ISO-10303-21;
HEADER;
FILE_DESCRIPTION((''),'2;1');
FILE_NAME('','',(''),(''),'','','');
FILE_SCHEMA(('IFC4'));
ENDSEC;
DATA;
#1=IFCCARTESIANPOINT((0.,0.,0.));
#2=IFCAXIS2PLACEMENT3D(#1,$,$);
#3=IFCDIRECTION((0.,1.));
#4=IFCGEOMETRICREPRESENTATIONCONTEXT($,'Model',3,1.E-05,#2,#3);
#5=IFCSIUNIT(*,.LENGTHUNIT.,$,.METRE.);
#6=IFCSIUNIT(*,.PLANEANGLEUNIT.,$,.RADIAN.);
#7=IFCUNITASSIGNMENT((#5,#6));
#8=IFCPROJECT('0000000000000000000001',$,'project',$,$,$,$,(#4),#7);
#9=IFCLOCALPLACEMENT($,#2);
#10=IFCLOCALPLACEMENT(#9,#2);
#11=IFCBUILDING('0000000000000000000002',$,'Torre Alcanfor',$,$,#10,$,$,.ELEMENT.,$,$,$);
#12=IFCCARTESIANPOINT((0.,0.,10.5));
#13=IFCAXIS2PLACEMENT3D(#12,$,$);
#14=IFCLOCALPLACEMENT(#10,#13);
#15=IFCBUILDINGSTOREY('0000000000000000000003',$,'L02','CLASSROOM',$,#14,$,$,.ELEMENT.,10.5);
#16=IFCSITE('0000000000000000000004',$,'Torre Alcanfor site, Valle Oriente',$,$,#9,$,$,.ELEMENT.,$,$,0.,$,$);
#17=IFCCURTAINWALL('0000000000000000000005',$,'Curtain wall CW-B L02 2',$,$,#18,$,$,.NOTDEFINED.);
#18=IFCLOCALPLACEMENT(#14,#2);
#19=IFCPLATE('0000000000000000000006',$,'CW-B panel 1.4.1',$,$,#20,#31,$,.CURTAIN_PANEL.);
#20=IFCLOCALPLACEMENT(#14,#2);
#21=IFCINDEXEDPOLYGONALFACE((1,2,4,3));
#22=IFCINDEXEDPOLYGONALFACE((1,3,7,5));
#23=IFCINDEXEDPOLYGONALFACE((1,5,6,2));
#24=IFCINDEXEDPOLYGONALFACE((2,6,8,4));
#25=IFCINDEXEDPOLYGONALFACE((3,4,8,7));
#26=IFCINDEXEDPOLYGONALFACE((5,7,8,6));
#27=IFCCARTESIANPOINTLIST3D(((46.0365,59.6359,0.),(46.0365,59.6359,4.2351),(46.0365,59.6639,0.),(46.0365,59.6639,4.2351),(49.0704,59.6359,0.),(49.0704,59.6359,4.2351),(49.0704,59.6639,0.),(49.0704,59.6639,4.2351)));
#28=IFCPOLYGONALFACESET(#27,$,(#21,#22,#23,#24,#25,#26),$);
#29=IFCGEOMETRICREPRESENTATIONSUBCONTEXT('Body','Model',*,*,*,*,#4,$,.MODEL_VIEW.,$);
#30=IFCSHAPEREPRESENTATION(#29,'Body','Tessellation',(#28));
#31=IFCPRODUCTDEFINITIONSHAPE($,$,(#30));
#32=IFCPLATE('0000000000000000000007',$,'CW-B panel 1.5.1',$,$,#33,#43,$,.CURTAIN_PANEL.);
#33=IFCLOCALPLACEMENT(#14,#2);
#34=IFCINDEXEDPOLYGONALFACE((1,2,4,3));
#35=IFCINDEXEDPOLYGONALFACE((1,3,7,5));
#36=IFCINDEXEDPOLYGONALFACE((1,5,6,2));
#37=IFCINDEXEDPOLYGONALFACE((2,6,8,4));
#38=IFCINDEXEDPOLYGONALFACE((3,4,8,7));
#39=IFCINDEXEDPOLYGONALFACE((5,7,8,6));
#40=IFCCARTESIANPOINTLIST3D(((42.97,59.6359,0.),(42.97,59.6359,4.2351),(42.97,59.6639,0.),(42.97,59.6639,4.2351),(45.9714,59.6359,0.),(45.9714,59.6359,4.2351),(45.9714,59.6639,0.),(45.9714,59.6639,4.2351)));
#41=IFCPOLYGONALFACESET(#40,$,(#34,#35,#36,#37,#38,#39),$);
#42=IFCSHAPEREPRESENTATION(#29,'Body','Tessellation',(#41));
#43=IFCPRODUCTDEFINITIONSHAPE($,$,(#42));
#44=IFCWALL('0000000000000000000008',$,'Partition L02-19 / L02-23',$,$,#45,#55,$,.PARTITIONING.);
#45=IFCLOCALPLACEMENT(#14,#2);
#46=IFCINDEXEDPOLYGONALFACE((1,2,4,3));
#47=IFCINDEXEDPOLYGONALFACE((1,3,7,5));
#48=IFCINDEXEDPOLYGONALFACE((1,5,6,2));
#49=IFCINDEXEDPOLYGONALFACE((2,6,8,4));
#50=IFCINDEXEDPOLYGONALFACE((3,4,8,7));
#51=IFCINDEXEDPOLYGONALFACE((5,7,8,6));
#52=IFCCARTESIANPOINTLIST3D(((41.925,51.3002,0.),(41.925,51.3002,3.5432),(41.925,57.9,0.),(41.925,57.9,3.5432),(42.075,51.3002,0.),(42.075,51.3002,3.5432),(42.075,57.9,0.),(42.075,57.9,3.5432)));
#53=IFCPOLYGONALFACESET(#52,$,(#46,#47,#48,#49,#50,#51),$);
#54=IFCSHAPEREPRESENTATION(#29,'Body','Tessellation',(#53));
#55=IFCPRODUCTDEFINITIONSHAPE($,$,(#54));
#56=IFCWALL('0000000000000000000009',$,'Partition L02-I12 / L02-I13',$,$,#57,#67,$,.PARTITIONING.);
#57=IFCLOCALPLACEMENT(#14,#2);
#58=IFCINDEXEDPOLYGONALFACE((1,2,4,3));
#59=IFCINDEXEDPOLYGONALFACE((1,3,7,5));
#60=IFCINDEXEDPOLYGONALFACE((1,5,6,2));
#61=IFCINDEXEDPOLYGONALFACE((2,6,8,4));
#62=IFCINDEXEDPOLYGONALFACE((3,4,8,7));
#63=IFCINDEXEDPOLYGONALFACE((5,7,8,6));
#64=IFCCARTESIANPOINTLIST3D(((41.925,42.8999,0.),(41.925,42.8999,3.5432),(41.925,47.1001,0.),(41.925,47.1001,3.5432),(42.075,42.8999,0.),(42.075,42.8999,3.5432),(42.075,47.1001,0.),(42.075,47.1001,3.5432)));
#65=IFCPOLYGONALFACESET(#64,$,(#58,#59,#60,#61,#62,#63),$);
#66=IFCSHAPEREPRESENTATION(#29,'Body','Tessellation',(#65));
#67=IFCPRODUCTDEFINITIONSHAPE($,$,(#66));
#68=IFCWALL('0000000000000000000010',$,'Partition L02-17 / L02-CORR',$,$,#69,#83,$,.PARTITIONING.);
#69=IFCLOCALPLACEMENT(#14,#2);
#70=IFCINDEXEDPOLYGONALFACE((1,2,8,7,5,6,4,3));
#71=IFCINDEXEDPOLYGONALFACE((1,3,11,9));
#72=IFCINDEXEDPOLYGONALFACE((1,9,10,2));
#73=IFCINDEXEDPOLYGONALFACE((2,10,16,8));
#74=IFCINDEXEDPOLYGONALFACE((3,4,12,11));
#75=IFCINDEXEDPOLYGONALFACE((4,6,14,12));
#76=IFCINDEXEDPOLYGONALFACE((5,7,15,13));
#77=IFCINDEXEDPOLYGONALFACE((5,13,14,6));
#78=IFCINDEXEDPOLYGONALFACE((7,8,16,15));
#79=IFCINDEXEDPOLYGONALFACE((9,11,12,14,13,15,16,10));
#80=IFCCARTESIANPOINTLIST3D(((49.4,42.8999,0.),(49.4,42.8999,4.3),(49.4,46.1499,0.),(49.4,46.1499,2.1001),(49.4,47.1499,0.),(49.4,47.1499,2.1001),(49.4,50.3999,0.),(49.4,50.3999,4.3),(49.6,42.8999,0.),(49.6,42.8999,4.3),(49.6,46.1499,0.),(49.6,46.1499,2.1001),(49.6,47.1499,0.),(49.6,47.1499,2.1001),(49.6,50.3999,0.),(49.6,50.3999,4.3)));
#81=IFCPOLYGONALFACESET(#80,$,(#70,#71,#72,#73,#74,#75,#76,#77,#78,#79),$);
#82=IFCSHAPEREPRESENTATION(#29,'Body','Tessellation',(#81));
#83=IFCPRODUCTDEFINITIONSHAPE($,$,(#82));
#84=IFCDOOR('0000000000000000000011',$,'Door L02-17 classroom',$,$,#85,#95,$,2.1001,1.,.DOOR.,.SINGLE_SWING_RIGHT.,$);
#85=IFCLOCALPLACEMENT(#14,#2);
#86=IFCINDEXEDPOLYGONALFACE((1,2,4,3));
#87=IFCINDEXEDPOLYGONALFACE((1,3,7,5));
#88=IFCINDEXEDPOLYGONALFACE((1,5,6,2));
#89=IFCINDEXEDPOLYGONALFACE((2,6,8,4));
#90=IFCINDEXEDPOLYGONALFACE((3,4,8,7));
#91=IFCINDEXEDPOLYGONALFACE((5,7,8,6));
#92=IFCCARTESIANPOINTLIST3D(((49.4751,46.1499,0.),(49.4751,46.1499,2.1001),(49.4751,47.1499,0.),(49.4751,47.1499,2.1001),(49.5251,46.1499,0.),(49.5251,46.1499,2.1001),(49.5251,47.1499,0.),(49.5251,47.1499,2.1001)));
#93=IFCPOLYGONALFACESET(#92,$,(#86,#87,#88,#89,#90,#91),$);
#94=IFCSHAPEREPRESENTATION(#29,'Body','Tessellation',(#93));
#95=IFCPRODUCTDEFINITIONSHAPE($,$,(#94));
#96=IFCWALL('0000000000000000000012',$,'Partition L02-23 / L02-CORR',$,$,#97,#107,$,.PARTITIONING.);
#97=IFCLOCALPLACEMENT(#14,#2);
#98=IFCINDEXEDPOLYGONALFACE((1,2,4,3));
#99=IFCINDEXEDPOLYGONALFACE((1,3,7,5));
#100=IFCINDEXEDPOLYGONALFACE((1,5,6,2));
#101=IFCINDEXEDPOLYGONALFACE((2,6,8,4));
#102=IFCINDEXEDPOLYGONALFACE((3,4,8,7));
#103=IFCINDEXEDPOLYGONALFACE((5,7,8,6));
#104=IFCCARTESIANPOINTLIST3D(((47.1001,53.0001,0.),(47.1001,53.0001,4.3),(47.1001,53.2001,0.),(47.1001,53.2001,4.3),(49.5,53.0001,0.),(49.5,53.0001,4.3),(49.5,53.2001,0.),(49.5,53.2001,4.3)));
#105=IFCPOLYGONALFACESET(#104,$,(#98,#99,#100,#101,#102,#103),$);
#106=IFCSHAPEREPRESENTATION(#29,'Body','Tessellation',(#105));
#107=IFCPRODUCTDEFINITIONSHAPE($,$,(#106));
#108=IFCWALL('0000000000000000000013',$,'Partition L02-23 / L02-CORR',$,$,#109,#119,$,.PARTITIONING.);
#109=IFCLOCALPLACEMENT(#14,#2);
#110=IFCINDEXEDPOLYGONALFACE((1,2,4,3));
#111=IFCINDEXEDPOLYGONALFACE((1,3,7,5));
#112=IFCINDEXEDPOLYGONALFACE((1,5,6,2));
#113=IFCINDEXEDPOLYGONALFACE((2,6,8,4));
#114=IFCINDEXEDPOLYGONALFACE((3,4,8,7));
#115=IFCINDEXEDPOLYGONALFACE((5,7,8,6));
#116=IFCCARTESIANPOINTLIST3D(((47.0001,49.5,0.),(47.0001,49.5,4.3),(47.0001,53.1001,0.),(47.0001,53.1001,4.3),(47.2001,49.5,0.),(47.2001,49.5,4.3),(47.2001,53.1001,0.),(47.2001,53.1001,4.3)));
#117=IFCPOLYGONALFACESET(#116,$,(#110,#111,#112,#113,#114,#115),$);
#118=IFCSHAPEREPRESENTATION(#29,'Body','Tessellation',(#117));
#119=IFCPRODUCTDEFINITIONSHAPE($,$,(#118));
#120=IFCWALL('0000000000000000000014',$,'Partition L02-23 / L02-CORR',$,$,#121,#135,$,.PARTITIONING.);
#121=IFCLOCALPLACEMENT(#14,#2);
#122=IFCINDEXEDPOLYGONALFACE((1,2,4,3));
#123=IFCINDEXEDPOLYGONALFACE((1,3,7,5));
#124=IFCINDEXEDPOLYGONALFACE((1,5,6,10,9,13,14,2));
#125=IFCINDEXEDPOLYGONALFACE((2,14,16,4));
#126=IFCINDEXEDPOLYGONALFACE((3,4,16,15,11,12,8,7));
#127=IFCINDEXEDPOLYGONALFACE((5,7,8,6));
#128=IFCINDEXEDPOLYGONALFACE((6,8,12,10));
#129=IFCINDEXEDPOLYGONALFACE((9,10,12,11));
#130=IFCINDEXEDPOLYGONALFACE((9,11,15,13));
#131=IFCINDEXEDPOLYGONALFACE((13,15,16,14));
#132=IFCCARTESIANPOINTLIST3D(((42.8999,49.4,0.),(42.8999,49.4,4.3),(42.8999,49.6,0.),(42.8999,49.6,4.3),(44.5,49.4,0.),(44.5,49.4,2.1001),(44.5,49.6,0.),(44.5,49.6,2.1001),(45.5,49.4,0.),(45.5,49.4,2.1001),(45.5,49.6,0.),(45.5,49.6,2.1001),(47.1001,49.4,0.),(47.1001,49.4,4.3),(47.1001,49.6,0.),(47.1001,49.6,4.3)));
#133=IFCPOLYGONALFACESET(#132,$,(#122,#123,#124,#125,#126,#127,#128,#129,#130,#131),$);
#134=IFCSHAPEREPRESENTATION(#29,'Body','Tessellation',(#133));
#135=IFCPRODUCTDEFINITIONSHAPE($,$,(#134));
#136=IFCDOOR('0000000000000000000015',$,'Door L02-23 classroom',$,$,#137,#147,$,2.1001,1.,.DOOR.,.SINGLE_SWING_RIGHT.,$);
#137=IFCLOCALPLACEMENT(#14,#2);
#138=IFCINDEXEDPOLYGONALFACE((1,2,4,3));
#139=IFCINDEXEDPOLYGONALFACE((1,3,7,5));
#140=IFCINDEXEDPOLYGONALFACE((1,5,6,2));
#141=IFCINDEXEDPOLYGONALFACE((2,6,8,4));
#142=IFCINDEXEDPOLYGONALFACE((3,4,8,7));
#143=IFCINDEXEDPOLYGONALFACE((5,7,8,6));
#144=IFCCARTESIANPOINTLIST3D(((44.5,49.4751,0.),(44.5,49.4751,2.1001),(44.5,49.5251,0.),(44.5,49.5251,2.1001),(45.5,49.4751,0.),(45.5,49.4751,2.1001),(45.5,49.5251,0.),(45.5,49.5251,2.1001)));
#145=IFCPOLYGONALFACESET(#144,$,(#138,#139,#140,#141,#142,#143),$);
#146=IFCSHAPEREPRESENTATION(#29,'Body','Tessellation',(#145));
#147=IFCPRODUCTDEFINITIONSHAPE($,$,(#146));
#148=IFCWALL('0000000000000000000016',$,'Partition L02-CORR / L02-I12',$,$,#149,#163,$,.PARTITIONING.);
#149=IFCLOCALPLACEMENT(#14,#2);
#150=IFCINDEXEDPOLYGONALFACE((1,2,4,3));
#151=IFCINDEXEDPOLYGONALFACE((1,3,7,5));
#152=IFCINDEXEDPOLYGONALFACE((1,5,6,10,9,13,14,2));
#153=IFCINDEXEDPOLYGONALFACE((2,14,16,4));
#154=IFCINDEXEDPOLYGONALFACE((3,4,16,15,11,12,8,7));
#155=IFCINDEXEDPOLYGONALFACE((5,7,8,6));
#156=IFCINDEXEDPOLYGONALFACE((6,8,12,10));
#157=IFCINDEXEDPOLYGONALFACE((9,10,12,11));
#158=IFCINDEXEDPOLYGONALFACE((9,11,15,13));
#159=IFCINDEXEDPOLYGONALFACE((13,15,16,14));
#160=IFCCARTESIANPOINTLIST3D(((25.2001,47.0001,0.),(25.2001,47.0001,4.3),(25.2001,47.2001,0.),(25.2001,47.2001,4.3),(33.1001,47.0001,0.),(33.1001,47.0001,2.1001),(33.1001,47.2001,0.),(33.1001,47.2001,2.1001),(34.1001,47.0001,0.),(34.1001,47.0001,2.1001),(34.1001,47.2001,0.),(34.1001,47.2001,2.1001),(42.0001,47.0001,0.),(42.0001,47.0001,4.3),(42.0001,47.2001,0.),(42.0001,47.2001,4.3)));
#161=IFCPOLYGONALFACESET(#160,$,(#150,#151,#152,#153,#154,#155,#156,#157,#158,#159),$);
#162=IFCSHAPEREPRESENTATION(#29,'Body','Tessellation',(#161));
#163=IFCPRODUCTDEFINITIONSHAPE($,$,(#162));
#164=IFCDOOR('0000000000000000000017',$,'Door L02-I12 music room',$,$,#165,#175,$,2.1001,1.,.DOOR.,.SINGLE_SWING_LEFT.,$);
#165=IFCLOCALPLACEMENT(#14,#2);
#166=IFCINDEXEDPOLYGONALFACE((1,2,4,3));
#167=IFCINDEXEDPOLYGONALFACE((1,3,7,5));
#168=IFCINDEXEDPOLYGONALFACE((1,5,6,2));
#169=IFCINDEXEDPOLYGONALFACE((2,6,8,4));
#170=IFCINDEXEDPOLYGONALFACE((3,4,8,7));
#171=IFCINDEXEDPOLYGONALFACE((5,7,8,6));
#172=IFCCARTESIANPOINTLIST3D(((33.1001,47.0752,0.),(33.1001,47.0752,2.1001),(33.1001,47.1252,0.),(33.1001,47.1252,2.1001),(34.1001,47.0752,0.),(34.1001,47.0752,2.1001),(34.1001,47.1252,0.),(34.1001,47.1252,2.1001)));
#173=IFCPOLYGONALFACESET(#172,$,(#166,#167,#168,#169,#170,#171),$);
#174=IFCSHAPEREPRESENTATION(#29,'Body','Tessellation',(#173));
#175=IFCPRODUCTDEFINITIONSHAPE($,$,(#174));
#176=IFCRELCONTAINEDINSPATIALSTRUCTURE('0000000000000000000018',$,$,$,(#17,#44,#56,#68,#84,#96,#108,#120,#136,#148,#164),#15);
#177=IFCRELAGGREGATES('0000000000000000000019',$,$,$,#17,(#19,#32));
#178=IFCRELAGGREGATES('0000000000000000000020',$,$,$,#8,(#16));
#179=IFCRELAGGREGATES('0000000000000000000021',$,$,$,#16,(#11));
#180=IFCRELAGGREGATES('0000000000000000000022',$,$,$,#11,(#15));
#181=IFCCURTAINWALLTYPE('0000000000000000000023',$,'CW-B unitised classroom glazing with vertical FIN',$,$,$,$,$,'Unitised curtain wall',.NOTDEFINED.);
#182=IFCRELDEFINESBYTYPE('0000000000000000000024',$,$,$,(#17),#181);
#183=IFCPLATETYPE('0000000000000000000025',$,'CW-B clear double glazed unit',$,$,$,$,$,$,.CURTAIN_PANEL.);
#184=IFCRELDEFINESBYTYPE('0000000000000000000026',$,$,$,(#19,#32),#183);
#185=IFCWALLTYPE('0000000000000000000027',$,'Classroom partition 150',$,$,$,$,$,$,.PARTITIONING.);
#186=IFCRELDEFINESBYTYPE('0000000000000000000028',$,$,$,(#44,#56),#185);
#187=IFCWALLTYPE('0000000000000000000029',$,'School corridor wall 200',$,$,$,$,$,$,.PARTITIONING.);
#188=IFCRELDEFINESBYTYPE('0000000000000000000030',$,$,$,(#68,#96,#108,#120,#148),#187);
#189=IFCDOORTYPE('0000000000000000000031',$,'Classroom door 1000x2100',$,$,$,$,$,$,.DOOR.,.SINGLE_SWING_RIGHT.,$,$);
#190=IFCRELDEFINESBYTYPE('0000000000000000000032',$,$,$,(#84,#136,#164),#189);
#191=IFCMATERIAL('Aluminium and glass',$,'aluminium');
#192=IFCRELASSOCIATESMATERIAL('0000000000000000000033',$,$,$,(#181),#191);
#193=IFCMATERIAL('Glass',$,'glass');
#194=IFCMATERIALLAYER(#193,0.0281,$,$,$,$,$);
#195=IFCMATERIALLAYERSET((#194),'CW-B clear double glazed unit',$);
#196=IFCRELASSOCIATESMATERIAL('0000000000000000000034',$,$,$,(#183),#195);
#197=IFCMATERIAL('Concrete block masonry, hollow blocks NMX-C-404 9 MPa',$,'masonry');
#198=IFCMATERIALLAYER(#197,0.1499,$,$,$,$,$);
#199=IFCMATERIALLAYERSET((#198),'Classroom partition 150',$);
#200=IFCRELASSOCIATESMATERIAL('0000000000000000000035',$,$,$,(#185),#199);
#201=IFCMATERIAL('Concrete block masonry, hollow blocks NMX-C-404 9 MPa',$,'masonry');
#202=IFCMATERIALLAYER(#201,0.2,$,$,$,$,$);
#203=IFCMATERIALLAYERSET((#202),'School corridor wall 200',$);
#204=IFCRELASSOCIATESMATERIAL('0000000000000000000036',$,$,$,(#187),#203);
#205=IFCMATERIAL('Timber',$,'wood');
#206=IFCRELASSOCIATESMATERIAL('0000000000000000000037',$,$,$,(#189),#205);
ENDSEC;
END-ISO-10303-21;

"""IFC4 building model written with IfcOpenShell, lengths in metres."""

from ifc_helpers import new_model, si_unit, direction, frame, frame_2d, origin, origin_2d, place, context, subcontext, project, spatial, rectangle, extrude, material, layer, layer_set, type_object, element, fill, aggregate, save


model = new_model("IFC4")

# Units and contexts
model_context = context("Model", 3, precision=1e-05, world=origin(), true_north=direction((0.0, 1.0)))
body_context = subcontext(model_context, "Body", "Model", "MODEL_VIEW")
ifc_project = project(units=[si_unit("LENGTHUNIT", "METRE"), si_unit("PLANEANGLEUNIT", "RADIAN")], contexts=[model_context])

# Site, building, storey
site_placement = place(None, origin())
site = spatial("IfcSite", under=ifc_project, at=site_placement, Name="Torre Alcanfor site, Valle Oriente", CompositionType="ELEMENT", RefElevation=0.0)
building_placement = place(site_placement, origin())
building = spatial("IfcBuilding", under=site, at=building_placement, Name="Torre Alcanfor", CompositionType="ELEMENT")
storey_placement = place(building_placement, frame((0.0, 0.0, 10.5)))
storey = spatial("IfcBuildingStorey", under=building, at=storey_placement, Name="L02", Description="CLASSROOM", CompositionType="ELEMENT", Elevation=10.5)

# Curtain wall
ifc_material_1 = material(Name="Aluminium and glass", Category="aluminium")
curtain_wall_type = type_object("IfcCurtainWallType", Name="CW-B unitised classroom glazing with vertical FIN", ElementType="Unitised curtain wall", PredefinedType="NOTDEFINED", material=ifc_material_1)
curtain_wall_placement = place(storey_placement, origin())
curtain_wall = element("IfcCurtainWall", 1, at=curtain_wall_placement, inside=storey, type_object=curtain_wall_type, Name="Curtain wall CW-B L02 2", PredefinedType="NOTDEFINED")

# Plates
ifc_material_2 = material(Name="Glass", Category="glass")
ifc_layer_1 = layer(ifc_material_2, 0.0281)
ifc_layer_set_1 = layer_set([ifc_layer_1], Name="CW-B clear double glazed unit")
plate_type = type_object("IfcPlateType", Name="CW-B clear double glazed unit", PredefinedType="CURTAIN_PANEL", material=ifc_layer_set_1)
plate_1_placement = place(storey_placement, frame((47.5535, 59.6499, 0.0), z_axis=(0.0, 0.0, 1.0), x_axis=(-1.0, 0.0, 0.0)))
plate_1 = element("IfcPlate", 2, at=plate_1_placement, type_object=plate_type, Name="CW-B panel 1.4.1", PredefinedType="CURTAIN_PANEL", context=body_context, shape_type="SweptSolid", body=[
    extrude(rectangle(XDim=3.0339, YDim=0.0281, at=origin_2d()), origin(), (0.0, 0.0, 1.0), 4.2351),
])
plate_2_placement = place(storey_placement, frame((44.4707, 59.6499, 0.0), z_axis=(0.0, 0.0, 1.0), x_axis=(-1.0, 0.0, 0.0)))
plate_2 = element("IfcPlate", 3, at=plate_2_placement, type_object=plate_type, Name="CW-B panel 1.5.1", PredefinedType="CURTAIN_PANEL", context=body_context, shape_type="SweptSolid", body=[
    extrude(rectangle(XDim=3.0015, YDim=0.0281, at=origin_2d()), origin(), (0.0, 0.0, 1.0), 4.2351),
])
aggregate(curtain_wall, [plate_1, plate_2])

# Walls
ifc_material_3 = material(Name="Concrete block masonry, hollow blocks NMX-C-404 9 MPa", Category="masonry")
ifc_layer_2 = layer(ifc_material_3, 0.1499)
ifc_layer_set_2 = layer_set([ifc_layer_2], Name="Classroom partition 150")
wall_type_1 = type_object("IfcWallType", Name="Classroom partition 150", PredefinedType="PARTITIONING", material=ifc_layer_set_2)
wall_1_placement = place(storey_placement, frame((42.0, 57.8999, 0.0), z_axis=(0.0, 0.0, 1.0), x_axis=(0.0, -1.0, 0.0)))
element("IfcWall", 4, at=wall_1_placement, inside=storey, type_object=wall_type_1, Name="Partition L02-19 / L02-23", PredefinedType="PARTITIONING", context=body_context, shape_type="SweptSolid", body=[
    extrude(rectangle(XDim=6.5999, YDim=0.1499, at=frame_2d((3.2998, 0.0))), origin(), (0.0, 0.0, 1.0), 3.5432),
])
wall_2_placement = place(storey_placement, frame((42.0, 47.1001, 0.0), z_axis=(0.0, 0.0, 1.0), x_axis=(0.0, -1.0, 0.0)))
element("IfcWall", 5, at=wall_2_placement, inside=storey, type_object=wall_type_1, Name="Partition L02-I12 / L02-I13", PredefinedType="PARTITIONING", context=body_context, shape_type="SweptSolid", body=[
    extrude(rectangle(XDim=4.2002, YDim=0.1499, at=frame_2d((2.1001, 0.0))), origin(), (0.0, 0.0, 1.0), 3.5432),
])

# Wall, opening, door
ifc_material_4 = material(Name="Concrete block masonry, hollow blocks NMX-C-404 9 MPa", Category="masonry")
ifc_layer_3 = layer(ifc_material_4, 0.2)
ifc_layer_set_3 = layer_set([ifc_layer_3], Name="School corridor wall 200")
wall_type_2 = type_object("IfcWallType", Name="School corridor wall 200", PredefinedType="PARTITIONING", material=ifc_layer_set_3)
wall_3_placement = place(storey_placement, frame((49.5, 42.8999, 0.0), z_axis=(0.0, 0.0, 1.0), x_axis=(0.0, 1.0, 0.0)))
wall_3 = element("IfcWall", 6, at=wall_3_placement, inside=storey, type_object=wall_type_2, Name="Partition L02-17 / L02-CORR", PredefinedType="PARTITIONING", context=body_context, shape_type="SweptSolid", body=[
    extrude(rectangle(XDim=7.5, YDim=0.2, at=frame_2d((3.75, 0.0))), origin(), (0.0, 0.0, 1.0), 4.3),
])
opening_1_placement = place(wall_3_placement, frame((3.25, 0.0, 0.0)))
opening_1 = element("IfcOpeningElement", 7, at=opening_1_placement, cuts=wall_3, PredefinedType="OPENING", context=body_context, shape_type="SweptSolid", body=[
    extrude(rectangle(XDim=1.0, YDim=2.1001, at=frame_2d((0.5, 1.05))), frame((0.0, 0.1099, 0.0), z_axis=(0.0, -1.0, 0.0), x_axis=(1.0, 0.0, 0.0)), (0.0, 0.0, 1.0), 0.22),
])
ifc_material_5 = material(Name="Timber", Category="wood")
door_type_1 = type_object("IfcDoorType", Name="Classroom door 1000x2100", OperationType="SINGLE_SWING_RIGHT", PredefinedType="DOOR", material=ifc_material_5)
door_1_placement = place(opening_1_placement, frame((1.0, 0.0, 0.0), z_axis=(0.0, 0.0, 1.0), x_axis=(-1.0, 0.0, 0.0)))
door_1 = element("IfcDoor", 8, at=door_1_placement, inside=storey, type_object=door_type_1, Name="Door L02-17 classroom", OperationType="SINGLE_SWING_RIGHT", OverallHeight=2.1001, OverallWidth=1.0, PredefinedType="DOOR", context=body_context, shape_type="SweptSolid", body=[
    extrude(rectangle(XDim=1.0, YDim=2.1001, at=frame_2d((0.5, 1.05))), frame((0.0, 0.0251, 0.0), z_axis=(0.0, -1.0, 0.0), x_axis=(1.0, 0.0, 0.0)), (0.0, 0.0, 1.0), 0.05),
])
fill(opening_1, door_1)

# Walls
wall_4_placement = place(storey_placement, frame((49.5, 53.1001, 0.0), z_axis=(0.0, 0.0, 1.0), x_axis=(-1.0, 0.0, 0.0)))
element("IfcWall", 9, at=wall_4_placement, inside=storey, type_object=wall_type_2, Name="Partition L02-23 / L02-CORR", PredefinedType="PARTITIONING", context=body_context, shape_type="SweptSolid", body=[
    extrude(rectangle(XDim=2.3999, YDim=0.2, at=frame_2d((1.2, 0.0))), origin(), (0.0, 0.0, 1.0), 4.3),
])
wall_5_placement = place(storey_placement, frame((47.1001, 53.1001, 0.0), z_axis=(0.0, 0.0, 1.0), x_axis=(0.0, -1.0, 0.0)))
element("IfcWall", 10, at=wall_5_placement, inside=storey, type_object=wall_type_2, Name="Partition L02-23 / L02-CORR", PredefinedType="PARTITIONING", context=body_context, shape_type="SweptSolid", body=[
    extrude(rectangle(XDim=3.6001, YDim=0.2, at=frame_2d((1.8, 0.0))), origin(), (0.0, 0.0, 1.0), 4.3),
])

# Walls, openings, doors
wall_6_placement = place(storey_placement, frame((47.1001, 49.5, 0.0), z_axis=(0.0, 0.0, 1.0), x_axis=(-1.0, 0.0, 0.0)))
wall_6 = element("IfcWall", 11, at=wall_6_placement, inside=storey, type_object=wall_type_2, Name="Partition L02-23 / L02-CORR", PredefinedType="PARTITIONING", context=body_context, shape_type="SweptSolid", body=[
    extrude(rectangle(XDim=4.2002, YDim=0.2, at=frame_2d((2.1001, 0.0))), origin(), (0.0, 0.0, 1.0), 4.3),
])
opening_2_placement = place(wall_6_placement, frame((1.6001, 0.0, 0.0)))
opening_2 = element("IfcOpeningElement", 12, at=opening_2_placement, cuts=wall_6, PredefinedType="OPENING", context=body_context, shape_type="SweptSolid", body=[
    extrude(rectangle(XDim=1.0, YDim=2.1001, at=frame_2d((0.5, 1.05))), frame((0.0, 0.1099, 0.0), z_axis=(0.0, -1.0, 0.0), x_axis=(1.0, 0.0, 0.0)), (0.0, 0.0, 1.0), 0.22),
])
door_2_placement = place(opening_2_placement, frame((1.0, 0.0, 0.0), z_axis=(0.0, 0.0, 1.0), x_axis=(-1.0, 0.0, 0.0)))
door_2 = element("IfcDoor", 13, at=door_2_placement, inside=storey, type_object=door_type_1, Name="Door L02-23 classroom", OperationType="SINGLE_SWING_RIGHT", OverallHeight=2.1001, OverallWidth=1.0, PredefinedType="DOOR", context=body_context, shape_type="SweptSolid", body=[
    extrude(rectangle(XDim=1.0, YDim=2.1001, at=frame_2d((0.5, 1.05))), frame((0.0, 0.0251, 0.0), z_axis=(0.0, -1.0, 0.0), x_axis=(1.0, 0.0, 0.0)), (0.0, 0.0, 1.0), 0.05),
])
fill(opening_2, door_2)
wall_7_placement = place(storey_placement, frame((42.0, 47.1001, 0.0), z_axis=(0.0, 0.0, 1.0), x_axis=(-1.0, 0.0, 0.0)))
wall_7 = element("IfcWall", 14, at=wall_7_placement, inside=storey, type_object=wall_type_2, Name="Partition L02-CORR / L02-I12", PredefinedType="PARTITIONING", context=body_context, shape_type="SweptSolid", body=[
    extrude(rectangle(XDim=16.8, YDim=0.2, at=frame_2d((8.3999, 0.0))), origin(), (0.0, 0.0, 1.0), 4.3),
])
opening_3_placement = place(wall_7_placement, frame((7.8999, 0.0, 0.0)))
opening_3 = element("IfcOpeningElement", 15, at=opening_3_placement, cuts=wall_7, PredefinedType="OPENING", context=body_context, shape_type="SweptSolid", body=[
    extrude(rectangle(XDim=1.0, YDim=2.1001, at=frame_2d((0.5, 1.05))), frame((0.0, 0.1099, 0.0), z_axis=(0.0, -1.0, 0.0), x_axis=(1.0, 0.0, 0.0)), (0.0, 0.0, 1.0), 0.22),
])
door_3_placement = place(opening_3_placement, origin())
door_3 = element("IfcDoor", 16, at=door_3_placement, inside=storey, type_object=door_type_1, Name="Door L02-I12 music room", OperationType="SINGLE_SWING_LEFT", OverallHeight=2.1001, OverallWidth=1.0, PredefinedType="DOOR", context=body_context, shape_type="SweptSolid", body=[
    extrude(rectangle(XDim=1.0, YDim=2.1001, at=frame_2d((0.5, 1.05))), frame((0.0, 0.0249, 0.0), z_axis=(0.0, -1.0, 0.0), x_axis=(1.0, 0.0, 0.0)), (0.0, 0.0, 1.0), 0.05),
])
fill(opening_3, door_3)

save(model, "model.ifc")
